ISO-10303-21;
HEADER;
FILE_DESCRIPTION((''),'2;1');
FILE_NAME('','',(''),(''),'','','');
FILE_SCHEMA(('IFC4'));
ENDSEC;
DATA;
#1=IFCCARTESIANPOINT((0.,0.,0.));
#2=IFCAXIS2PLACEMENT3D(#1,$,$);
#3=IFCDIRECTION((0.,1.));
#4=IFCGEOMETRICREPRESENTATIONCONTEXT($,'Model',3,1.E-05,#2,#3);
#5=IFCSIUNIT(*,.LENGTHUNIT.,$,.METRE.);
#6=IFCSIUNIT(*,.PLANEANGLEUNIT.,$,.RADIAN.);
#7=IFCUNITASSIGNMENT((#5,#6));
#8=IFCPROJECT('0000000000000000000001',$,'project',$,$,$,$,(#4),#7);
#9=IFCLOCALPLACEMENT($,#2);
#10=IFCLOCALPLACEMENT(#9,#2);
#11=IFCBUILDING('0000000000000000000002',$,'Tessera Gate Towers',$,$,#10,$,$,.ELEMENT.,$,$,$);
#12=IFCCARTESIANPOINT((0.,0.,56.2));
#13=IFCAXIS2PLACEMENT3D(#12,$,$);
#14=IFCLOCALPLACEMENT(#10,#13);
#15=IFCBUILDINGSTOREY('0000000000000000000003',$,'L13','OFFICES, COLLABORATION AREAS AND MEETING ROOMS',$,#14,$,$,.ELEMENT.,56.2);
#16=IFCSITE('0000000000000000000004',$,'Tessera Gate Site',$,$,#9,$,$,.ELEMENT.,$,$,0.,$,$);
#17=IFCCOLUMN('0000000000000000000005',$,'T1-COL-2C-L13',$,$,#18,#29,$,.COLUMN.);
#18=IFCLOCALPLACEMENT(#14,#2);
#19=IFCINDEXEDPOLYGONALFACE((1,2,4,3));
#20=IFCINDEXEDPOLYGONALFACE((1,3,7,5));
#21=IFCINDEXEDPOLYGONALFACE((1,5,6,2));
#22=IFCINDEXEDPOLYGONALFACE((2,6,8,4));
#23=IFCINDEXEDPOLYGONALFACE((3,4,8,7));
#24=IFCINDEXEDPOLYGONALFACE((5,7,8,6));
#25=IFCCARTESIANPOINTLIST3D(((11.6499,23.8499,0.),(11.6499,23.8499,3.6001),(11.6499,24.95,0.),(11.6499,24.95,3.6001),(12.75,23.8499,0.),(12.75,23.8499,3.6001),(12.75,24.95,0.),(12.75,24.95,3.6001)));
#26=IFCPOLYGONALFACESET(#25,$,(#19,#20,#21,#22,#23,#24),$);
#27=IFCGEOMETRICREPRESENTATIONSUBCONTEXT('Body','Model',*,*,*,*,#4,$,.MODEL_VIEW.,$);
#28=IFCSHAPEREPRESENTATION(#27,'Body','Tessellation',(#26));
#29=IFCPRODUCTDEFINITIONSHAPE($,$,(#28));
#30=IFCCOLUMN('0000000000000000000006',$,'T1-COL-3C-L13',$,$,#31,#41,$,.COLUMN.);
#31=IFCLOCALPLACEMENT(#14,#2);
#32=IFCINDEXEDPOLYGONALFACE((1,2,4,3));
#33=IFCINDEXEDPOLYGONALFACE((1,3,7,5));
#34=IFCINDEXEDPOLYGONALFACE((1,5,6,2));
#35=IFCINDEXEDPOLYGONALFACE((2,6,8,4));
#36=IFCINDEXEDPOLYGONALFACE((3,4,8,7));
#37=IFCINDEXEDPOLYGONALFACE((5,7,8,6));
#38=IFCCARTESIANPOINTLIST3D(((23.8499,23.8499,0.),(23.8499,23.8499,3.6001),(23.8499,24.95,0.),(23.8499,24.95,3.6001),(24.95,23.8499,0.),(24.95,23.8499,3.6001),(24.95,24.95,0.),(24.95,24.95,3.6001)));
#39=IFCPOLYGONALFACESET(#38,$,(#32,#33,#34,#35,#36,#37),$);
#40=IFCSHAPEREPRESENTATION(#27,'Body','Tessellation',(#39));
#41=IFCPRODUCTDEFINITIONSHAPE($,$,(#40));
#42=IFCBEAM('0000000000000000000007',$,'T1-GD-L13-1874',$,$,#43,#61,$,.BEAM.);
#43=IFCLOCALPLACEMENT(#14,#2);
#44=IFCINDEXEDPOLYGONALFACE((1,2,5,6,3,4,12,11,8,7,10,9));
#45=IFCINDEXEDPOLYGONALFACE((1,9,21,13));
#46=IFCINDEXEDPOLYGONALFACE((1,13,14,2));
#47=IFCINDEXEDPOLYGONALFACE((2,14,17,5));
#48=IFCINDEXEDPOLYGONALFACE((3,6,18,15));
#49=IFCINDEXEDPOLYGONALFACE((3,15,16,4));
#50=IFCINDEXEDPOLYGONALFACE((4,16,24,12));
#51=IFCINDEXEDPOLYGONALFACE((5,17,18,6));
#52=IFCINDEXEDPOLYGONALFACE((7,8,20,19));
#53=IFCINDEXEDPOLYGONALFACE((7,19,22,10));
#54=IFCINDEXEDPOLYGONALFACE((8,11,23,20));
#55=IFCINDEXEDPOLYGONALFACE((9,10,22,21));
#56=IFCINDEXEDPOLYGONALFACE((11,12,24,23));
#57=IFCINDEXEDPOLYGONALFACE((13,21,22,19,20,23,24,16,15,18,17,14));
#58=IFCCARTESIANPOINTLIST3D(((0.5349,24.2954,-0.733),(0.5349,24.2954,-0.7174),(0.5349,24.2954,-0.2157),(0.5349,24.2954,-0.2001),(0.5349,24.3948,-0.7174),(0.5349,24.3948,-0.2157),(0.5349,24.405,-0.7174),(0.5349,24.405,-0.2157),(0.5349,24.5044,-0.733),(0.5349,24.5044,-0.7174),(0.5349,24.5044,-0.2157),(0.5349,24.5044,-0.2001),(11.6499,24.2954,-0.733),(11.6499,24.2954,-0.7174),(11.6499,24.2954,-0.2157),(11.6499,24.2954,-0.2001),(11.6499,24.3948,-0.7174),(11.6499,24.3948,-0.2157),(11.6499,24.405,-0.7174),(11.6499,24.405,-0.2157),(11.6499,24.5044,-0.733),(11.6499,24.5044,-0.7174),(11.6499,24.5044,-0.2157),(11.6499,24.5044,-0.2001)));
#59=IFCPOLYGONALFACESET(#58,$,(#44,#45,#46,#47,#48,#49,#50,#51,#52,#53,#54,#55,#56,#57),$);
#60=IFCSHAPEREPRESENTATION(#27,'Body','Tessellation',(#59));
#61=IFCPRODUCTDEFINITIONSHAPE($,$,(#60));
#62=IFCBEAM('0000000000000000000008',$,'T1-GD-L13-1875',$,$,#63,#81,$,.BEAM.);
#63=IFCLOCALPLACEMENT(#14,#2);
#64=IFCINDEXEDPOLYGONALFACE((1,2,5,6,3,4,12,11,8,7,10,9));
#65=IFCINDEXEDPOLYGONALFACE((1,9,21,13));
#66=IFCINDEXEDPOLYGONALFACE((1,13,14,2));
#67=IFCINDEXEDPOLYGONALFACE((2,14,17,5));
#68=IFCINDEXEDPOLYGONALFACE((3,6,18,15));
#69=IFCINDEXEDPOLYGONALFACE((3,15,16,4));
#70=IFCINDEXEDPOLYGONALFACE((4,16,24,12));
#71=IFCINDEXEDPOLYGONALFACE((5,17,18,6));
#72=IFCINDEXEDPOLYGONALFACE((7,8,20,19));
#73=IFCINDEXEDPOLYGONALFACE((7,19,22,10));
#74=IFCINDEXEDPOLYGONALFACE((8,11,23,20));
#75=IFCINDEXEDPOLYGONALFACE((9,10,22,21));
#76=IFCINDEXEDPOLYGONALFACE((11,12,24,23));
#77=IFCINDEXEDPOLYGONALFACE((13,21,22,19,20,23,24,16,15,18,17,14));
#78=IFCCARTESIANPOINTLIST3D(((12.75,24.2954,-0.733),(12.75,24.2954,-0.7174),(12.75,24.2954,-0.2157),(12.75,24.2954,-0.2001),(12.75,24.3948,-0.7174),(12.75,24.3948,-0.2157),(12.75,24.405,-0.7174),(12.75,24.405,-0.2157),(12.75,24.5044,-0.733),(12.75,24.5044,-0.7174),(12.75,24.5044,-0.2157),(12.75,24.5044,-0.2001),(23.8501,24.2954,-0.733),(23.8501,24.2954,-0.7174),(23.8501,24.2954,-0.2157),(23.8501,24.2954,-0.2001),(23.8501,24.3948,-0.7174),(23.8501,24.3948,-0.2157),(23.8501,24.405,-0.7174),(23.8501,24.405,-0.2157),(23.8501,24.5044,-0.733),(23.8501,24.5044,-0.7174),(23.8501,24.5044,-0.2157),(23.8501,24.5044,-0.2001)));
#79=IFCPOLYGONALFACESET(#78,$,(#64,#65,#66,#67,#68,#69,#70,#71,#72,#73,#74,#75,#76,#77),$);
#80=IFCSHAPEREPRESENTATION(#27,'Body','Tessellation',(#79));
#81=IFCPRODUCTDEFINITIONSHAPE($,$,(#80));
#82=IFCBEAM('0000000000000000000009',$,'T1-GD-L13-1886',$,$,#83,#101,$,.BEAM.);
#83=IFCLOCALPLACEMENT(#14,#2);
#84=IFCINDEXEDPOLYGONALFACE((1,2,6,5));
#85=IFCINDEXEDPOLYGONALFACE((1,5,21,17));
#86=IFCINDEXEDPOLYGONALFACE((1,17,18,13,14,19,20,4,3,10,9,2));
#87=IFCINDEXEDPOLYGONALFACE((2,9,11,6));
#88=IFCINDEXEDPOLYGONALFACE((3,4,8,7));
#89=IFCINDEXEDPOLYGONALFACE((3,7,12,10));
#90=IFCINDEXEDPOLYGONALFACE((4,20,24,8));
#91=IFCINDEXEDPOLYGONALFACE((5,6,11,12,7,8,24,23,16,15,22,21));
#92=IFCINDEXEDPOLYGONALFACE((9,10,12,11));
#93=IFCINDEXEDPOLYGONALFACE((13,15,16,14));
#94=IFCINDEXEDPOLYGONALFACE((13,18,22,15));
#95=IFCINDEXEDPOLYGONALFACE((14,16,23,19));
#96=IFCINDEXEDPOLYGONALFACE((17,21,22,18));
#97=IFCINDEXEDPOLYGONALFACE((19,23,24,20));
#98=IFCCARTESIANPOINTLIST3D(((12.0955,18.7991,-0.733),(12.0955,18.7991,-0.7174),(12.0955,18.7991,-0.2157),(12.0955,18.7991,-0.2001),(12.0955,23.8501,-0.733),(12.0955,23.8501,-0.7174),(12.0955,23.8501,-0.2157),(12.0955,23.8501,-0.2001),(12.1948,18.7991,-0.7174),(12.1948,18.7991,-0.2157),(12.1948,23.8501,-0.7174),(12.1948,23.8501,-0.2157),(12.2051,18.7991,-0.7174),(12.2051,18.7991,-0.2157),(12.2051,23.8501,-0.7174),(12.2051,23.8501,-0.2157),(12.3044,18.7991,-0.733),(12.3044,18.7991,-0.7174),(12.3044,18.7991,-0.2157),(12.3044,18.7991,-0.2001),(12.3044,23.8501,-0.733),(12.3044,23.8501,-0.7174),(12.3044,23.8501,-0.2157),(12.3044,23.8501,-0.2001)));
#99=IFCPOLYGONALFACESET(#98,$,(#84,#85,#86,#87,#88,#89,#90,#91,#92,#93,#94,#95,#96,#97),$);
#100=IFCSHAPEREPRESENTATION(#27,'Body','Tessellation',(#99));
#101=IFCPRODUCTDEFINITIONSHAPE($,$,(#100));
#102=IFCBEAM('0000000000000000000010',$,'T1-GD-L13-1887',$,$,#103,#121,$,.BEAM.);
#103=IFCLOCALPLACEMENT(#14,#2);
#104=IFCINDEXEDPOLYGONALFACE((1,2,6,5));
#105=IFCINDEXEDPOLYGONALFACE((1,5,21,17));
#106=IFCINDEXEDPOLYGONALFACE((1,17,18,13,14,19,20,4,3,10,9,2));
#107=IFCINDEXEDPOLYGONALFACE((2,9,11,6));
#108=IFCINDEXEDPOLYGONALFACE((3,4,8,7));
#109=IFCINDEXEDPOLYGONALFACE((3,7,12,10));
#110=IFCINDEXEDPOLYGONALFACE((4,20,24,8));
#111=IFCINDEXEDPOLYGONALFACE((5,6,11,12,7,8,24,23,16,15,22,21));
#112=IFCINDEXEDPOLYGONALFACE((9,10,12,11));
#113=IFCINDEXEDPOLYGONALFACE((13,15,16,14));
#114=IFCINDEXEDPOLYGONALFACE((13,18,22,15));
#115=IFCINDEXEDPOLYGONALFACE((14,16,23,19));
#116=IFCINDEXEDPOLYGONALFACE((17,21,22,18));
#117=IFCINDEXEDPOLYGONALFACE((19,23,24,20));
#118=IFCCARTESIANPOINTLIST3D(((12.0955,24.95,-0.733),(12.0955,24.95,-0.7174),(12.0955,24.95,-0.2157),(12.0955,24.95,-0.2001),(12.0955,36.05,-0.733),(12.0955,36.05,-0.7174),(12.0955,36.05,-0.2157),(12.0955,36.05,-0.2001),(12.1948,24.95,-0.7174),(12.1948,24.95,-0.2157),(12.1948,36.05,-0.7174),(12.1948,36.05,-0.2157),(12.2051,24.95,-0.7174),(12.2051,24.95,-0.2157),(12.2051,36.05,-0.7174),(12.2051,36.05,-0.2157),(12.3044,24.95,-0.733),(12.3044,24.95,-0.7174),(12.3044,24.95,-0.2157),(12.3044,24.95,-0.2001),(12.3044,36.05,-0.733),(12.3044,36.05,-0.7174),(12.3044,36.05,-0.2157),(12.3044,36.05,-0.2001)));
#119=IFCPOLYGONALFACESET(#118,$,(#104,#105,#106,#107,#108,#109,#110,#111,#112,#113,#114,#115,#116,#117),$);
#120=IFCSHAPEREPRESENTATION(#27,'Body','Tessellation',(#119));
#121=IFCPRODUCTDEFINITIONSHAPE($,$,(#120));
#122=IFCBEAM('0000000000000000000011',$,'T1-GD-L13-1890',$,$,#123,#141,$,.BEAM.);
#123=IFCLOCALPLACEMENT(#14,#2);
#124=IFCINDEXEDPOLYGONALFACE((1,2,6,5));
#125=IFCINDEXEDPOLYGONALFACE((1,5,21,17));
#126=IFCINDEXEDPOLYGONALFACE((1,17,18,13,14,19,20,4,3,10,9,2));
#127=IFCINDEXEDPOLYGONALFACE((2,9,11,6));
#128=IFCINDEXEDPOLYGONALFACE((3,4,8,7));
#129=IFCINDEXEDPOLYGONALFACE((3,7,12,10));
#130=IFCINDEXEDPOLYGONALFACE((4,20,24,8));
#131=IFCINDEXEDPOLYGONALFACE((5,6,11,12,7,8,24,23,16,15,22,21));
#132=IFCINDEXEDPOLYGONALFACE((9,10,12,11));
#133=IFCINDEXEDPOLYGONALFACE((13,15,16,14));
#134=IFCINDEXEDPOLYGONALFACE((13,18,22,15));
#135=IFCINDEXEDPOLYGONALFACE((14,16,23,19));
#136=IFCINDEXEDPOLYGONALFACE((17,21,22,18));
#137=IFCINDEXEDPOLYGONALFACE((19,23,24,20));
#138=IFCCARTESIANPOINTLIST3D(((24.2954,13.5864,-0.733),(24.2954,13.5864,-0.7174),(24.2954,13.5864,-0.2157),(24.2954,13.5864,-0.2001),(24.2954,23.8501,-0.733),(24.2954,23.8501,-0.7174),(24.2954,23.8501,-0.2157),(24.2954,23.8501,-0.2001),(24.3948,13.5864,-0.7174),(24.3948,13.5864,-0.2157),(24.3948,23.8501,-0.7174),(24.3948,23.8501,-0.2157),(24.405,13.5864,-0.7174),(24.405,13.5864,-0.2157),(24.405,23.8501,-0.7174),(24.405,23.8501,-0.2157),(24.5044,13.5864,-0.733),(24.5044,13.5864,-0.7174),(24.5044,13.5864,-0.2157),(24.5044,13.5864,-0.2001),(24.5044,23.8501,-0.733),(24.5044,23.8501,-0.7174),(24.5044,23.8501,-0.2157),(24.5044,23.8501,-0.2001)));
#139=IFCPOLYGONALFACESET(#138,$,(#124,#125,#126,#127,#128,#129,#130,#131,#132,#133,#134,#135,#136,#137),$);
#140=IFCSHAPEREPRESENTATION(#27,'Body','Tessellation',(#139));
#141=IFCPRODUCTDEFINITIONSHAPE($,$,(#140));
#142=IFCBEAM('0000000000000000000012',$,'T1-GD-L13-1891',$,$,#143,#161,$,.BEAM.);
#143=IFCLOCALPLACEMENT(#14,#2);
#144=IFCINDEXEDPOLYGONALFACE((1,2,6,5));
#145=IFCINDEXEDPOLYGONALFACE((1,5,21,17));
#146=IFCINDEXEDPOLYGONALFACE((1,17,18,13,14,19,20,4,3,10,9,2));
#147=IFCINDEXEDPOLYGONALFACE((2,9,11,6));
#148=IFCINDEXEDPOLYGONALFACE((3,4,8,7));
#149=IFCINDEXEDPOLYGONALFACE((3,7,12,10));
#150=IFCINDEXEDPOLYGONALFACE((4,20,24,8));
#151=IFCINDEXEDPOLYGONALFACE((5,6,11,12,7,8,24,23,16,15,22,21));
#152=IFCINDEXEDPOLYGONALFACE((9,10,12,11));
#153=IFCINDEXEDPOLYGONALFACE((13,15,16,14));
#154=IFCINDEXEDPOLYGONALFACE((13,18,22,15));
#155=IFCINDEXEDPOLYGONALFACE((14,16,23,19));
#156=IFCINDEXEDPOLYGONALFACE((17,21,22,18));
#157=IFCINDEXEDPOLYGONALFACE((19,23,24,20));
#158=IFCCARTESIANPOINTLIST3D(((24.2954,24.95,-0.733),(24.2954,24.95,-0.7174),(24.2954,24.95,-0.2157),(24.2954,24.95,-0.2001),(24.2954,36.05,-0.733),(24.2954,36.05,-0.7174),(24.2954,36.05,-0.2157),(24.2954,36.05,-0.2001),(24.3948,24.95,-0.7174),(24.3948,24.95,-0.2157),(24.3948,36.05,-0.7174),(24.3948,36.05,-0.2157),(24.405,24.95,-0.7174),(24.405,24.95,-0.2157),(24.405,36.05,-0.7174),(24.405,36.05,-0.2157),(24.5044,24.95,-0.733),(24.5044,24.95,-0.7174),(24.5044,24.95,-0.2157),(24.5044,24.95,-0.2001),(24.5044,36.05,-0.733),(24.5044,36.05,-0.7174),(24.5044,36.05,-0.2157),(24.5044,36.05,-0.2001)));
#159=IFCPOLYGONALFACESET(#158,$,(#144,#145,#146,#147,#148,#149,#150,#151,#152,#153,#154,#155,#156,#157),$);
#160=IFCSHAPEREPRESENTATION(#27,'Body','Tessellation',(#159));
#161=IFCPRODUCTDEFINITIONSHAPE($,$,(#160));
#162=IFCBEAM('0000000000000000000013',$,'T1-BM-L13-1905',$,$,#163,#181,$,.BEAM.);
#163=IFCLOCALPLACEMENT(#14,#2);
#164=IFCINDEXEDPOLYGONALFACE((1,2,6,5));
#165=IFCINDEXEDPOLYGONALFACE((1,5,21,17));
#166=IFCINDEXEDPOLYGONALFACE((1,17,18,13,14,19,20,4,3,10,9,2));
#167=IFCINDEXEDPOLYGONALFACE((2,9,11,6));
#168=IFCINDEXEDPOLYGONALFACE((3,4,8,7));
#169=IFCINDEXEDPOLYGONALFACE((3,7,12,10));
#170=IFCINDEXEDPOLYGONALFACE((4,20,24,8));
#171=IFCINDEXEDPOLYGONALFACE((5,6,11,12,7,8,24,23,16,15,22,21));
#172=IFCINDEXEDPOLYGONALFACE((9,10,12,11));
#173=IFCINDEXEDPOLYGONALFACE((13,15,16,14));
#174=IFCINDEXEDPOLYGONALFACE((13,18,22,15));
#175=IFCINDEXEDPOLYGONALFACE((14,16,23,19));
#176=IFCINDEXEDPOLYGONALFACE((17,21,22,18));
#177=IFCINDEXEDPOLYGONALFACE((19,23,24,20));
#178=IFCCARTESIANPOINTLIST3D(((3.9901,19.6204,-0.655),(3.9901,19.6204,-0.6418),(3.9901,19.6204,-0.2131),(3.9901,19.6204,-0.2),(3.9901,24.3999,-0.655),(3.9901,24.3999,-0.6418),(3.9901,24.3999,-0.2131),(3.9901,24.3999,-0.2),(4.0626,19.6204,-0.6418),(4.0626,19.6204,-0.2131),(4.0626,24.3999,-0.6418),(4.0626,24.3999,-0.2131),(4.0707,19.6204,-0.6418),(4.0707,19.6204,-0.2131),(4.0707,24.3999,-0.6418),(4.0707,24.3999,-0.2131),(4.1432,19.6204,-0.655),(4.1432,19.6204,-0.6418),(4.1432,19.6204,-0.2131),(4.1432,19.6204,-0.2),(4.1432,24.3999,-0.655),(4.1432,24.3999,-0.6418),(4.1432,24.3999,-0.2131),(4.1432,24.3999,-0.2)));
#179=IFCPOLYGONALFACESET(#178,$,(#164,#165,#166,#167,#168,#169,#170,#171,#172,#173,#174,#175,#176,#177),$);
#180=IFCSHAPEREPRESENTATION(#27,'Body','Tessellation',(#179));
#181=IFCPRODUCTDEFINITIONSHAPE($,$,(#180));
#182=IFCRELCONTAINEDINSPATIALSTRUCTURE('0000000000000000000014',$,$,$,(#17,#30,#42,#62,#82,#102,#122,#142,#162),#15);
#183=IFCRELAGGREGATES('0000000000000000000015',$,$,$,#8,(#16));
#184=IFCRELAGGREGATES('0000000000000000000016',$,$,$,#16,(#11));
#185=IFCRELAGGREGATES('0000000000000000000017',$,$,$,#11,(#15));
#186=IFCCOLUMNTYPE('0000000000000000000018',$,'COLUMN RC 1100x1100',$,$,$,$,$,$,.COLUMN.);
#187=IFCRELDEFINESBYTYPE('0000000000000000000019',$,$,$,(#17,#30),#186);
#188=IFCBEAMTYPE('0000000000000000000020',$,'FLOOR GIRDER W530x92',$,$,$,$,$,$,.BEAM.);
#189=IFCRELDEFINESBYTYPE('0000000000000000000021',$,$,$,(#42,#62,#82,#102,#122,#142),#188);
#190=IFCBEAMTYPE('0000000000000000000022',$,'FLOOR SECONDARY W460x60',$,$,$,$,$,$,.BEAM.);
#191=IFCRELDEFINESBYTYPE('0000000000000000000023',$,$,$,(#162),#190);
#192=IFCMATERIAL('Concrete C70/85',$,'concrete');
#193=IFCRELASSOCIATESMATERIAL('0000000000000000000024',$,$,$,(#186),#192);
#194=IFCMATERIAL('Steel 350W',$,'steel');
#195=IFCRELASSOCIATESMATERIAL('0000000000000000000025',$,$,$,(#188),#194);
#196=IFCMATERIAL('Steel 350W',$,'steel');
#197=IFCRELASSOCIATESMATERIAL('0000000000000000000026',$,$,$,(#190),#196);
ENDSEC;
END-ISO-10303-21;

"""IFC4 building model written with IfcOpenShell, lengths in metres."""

from ifc_helpers import new_model, si_unit, direction, frame, origin, origin_2d, place, context, subcontext, project, spatial, rectangle, i_section, extrude, material, material_profile, profile_set, type_object, element, save


model = new_model("IFC4")

# Units and contexts
model_context = context("Model", 3, precision=1e-05, world=origin(), true_north=direction((0.0, 1.0)))
body_context = subcontext(model_context, "Body", "Model", "MODEL_VIEW")
ifc_project = project(units=[si_unit("LENGTHUNIT", "METRE"), si_unit("PLANEANGLEUNIT", "RADIAN")], contexts=[model_context])

# Site, building, storey
site_placement = place(None, origin())
site = spatial("IfcSite", under=ifc_project, at=site_placement, Name="Tessera Gate Site", CompositionType="ELEMENT", RefElevation=0.0)
building_placement = place(site_placement, origin())
building = spatial("IfcBuilding", under=site, at=building_placement, Name="Tessera Gate Towers", CompositionType="ELEMENT")
storey_placement = place(building_placement, frame((0.0, 0.0, 56.2)))
storey = spatial("IfcBuildingStorey", under=building, at=storey_placement, Name="L13", Description="OFFICES, COLLABORATION AREAS AND MEETING ROOMS", CompositionType="ELEMENT", Elevation=56.2)

# Columns
ifc_material_1 = material(Name="Concrete C70/85", Category="concrete")
ifc_material_profile_1 = material_profile(ifc_material_1, rectangle(XDim=1.1001, YDim=1.1001, at=origin_2d()), Name="RC 1100x1100")
ifc_profile_set_1 = profile_set([ifc_material_profile_1], Name="Concrete C70/85")
column_type = type_object("IfcColumnType", Name="COLUMN RC 1100x1100", PredefinedType="COLUMN", material=ifc_profile_set_1)
for number, where, z_axis, x_axis, name in (
    (1, (12.2, 24.3999, 0.0), (0.0, 0.0, 1.0), (1.0, 0.0, 0.0), "T1-COL-2C-L13"),
    (2, (24.3999, 24.3999, 0.0), (0.0, 0.0, 1.0), (1.0, 0.0, 0.0), "T1-COL-3C-L13"),
):
    element("IfcColumn", number, at=place(storey_placement, frame(where, z_axis=z_axis, x_axis=x_axis)), inside=storey, type_object=column_type, Name=name, PredefinedType="COLUMN", context=body_context, shape_type="SweptSolid", body=[
        extrude(rectangle(XDim=1.1001, YDim=1.1001, at=origin_2d()), origin(), (0.0, 0.0, 1.0), 3.6001),
    ])

# Beams
ifc_material_2 = material(Name="Steel 350W", Category="steel")
ifc_material_profile_2 = material_profile(ifc_material_2, i_section(OverallWidth=0.209, OverallDepth=0.533, WebThickness=0.0103, FlangeThickness=0.0156, at=origin_2d()), Name="W530x92")
ifc_profile_set_2 = profile_set([ifc_material_profile_2], Name="Steel 350W")
beam_type_1 = type_object("IfcBeamType", Name="FLOOR GIRDER W530x92", PredefinedType="BEAM", material=ifc_profile_set_2)
beam_1_placement = place(storey_placement, frame((0.5349, 24.3999, -0.4666), z_axis=(1.0, 0.0, 0.0), x_axis=(0.0, 1.0, 0.0)))
element("IfcBeam", 3, at=beam_1_placement, inside=storey, type_object=beam_type_1, Name="T1-GD-L13-1874", PredefinedType="BEAM", context=body_context, shape_type="SweptSolid", body=[
    extrude(i_section(OverallWidth=0.209, OverallDepth=0.533, WebThickness=0.0103, FlangeThickness=0.0156, at=origin_2d()), origin(), (0.0, 0.0, 1.0), 11.115),
])
beam_2_placement = place(storey_placement, frame((12.75, 24.3999, -0.4666), z_axis=(1.0, 0.0, 0.0), x_axis=(0.0, 1.0, 0.0)))
element("IfcBeam", 4, at=beam_2_placement, inside=storey, type_object=beam_type_1, Name="T1-GD-L13-1875", PredefinedType="BEAM", context=body_context, shape_type="SweptSolid", body=[
    extrude(i_section(OverallWidth=0.209, OverallDepth=0.533, WebThickness=0.0103, FlangeThickness=0.0156, at=origin_2d()), origin(), (0.0, 0.0, 1.0), 11.1001),
])
beam_3_placement = place(storey_placement, frame((12.2, 18.7991, -0.4666), z_axis=(0.0, 1.0, 0.0), x_axis=(-1.0, 0.0, 0.0)))
element("IfcBeam", 5, at=beam_3_placement, inside=storey, type_object=beam_type_1, Name="T1-GD-L13-1886", PredefinedType="BEAM", context=body_context, shape_type="SweptSolid", body=[
    extrude(i_section(OverallWidth=0.209, OverallDepth=0.533, WebThickness=0.0103, FlangeThickness=0.0156, at=origin_2d()), origin(), (0.0, 0.0, 1.0), 5.051),
])
beam_4_placement = place(storey_placement, frame((12.2, 24.95, -0.4666), z_axis=(0.0, 1.0, 0.0), x_axis=(-1.0, 0.0, 0.0)))
element("IfcBeam", 6, at=beam_4_placement, inside=storey, type_object=beam_type_1, Name="T1-GD-L13-1887", PredefinedType="BEAM", context=body_context, shape_type="SweptSolid", body=[
    extrude(i_section(OverallWidth=0.209, OverallDepth=0.533, WebThickness=0.0103, FlangeThickness=0.0156, at=origin_2d()), origin(), (0.0, 0.0, 1.0), 11.1001),
])
beam_5_placement = place(storey_placement, frame((24.3999, 13.5864, -0.4666), z_axis=(0.0, 1.0, 0.0), x_axis=(-1.0, 0.0, 0.0)))
element("IfcBeam", 7, at=beam_5_placement, inside=storey, type_object=beam_type_1, Name="T1-GD-L13-1890", PredefinedType="BEAM", context=body_context, shape_type="SweptSolid", body=[
    extrude(i_section(OverallWidth=0.209, OverallDepth=0.533, WebThickness=0.0103, FlangeThickness=0.0156, at=origin_2d()), origin(), (0.0, 0.0, 1.0), 10.2637),
])
beam_6_placement = place(storey_placement, frame((24.3999, 24.95, -0.4666), z_axis=(0.0, 1.0, 0.0), x_axis=(-1.0, 0.0, 0.0)))
element("IfcBeam", 8, at=beam_6_placement, inside=storey, type_object=beam_type_1, Name="T1-GD-L13-1891", PredefinedType="BEAM", context=body_context, shape_type="SweptSolid", body=[
    extrude(i_section(OverallWidth=0.209, OverallDepth=0.533, WebThickness=0.0103, FlangeThickness=0.0156, at=origin_2d()), origin(), (0.0, 0.0, 1.0), 11.1001),
])
ifc_material_3 = material(Name="Steel 350W", Category="steel")
ifc_material_profile_3 = material_profile(ifc_material_3, i_section(OverallWidth=0.1531, OverallDepth=0.4551, WebThickness=0.0081, FlangeThickness=0.0132, at=origin_2d()), Name="W460x60")
ifc_profile_set_3 = profile_set([ifc_material_profile_3], Name="Steel 350W")
beam_type_2 = type_object("IfcBeamType", Name="FLOOR SECONDARY W460x60", PredefinedType="BEAM", material=ifc_profile_set_3)
beam_7_placement = place(storey_placement, frame((4.0667, 19.6204, -0.4275), z_axis=(0.0, 1.0, 0.0), x_axis=(-1.0, 0.0, 0.0)))
element("IfcBeam", 9, at=beam_7_placement, inside=storey, type_object=beam_type_2, Name="T1-BM-L13-1905", PredefinedType="BEAM", context=body_context, shape_type="SweptSolid", body=[
    extrude(i_section(OverallWidth=0.1531, OverallDepth=0.4551, WebThickness=0.0081, FlangeThickness=0.0132, at=origin_2d()), origin(), (0.0, 0.0, 1.0), 4.7795),
])

save(model, "model.ifc")
